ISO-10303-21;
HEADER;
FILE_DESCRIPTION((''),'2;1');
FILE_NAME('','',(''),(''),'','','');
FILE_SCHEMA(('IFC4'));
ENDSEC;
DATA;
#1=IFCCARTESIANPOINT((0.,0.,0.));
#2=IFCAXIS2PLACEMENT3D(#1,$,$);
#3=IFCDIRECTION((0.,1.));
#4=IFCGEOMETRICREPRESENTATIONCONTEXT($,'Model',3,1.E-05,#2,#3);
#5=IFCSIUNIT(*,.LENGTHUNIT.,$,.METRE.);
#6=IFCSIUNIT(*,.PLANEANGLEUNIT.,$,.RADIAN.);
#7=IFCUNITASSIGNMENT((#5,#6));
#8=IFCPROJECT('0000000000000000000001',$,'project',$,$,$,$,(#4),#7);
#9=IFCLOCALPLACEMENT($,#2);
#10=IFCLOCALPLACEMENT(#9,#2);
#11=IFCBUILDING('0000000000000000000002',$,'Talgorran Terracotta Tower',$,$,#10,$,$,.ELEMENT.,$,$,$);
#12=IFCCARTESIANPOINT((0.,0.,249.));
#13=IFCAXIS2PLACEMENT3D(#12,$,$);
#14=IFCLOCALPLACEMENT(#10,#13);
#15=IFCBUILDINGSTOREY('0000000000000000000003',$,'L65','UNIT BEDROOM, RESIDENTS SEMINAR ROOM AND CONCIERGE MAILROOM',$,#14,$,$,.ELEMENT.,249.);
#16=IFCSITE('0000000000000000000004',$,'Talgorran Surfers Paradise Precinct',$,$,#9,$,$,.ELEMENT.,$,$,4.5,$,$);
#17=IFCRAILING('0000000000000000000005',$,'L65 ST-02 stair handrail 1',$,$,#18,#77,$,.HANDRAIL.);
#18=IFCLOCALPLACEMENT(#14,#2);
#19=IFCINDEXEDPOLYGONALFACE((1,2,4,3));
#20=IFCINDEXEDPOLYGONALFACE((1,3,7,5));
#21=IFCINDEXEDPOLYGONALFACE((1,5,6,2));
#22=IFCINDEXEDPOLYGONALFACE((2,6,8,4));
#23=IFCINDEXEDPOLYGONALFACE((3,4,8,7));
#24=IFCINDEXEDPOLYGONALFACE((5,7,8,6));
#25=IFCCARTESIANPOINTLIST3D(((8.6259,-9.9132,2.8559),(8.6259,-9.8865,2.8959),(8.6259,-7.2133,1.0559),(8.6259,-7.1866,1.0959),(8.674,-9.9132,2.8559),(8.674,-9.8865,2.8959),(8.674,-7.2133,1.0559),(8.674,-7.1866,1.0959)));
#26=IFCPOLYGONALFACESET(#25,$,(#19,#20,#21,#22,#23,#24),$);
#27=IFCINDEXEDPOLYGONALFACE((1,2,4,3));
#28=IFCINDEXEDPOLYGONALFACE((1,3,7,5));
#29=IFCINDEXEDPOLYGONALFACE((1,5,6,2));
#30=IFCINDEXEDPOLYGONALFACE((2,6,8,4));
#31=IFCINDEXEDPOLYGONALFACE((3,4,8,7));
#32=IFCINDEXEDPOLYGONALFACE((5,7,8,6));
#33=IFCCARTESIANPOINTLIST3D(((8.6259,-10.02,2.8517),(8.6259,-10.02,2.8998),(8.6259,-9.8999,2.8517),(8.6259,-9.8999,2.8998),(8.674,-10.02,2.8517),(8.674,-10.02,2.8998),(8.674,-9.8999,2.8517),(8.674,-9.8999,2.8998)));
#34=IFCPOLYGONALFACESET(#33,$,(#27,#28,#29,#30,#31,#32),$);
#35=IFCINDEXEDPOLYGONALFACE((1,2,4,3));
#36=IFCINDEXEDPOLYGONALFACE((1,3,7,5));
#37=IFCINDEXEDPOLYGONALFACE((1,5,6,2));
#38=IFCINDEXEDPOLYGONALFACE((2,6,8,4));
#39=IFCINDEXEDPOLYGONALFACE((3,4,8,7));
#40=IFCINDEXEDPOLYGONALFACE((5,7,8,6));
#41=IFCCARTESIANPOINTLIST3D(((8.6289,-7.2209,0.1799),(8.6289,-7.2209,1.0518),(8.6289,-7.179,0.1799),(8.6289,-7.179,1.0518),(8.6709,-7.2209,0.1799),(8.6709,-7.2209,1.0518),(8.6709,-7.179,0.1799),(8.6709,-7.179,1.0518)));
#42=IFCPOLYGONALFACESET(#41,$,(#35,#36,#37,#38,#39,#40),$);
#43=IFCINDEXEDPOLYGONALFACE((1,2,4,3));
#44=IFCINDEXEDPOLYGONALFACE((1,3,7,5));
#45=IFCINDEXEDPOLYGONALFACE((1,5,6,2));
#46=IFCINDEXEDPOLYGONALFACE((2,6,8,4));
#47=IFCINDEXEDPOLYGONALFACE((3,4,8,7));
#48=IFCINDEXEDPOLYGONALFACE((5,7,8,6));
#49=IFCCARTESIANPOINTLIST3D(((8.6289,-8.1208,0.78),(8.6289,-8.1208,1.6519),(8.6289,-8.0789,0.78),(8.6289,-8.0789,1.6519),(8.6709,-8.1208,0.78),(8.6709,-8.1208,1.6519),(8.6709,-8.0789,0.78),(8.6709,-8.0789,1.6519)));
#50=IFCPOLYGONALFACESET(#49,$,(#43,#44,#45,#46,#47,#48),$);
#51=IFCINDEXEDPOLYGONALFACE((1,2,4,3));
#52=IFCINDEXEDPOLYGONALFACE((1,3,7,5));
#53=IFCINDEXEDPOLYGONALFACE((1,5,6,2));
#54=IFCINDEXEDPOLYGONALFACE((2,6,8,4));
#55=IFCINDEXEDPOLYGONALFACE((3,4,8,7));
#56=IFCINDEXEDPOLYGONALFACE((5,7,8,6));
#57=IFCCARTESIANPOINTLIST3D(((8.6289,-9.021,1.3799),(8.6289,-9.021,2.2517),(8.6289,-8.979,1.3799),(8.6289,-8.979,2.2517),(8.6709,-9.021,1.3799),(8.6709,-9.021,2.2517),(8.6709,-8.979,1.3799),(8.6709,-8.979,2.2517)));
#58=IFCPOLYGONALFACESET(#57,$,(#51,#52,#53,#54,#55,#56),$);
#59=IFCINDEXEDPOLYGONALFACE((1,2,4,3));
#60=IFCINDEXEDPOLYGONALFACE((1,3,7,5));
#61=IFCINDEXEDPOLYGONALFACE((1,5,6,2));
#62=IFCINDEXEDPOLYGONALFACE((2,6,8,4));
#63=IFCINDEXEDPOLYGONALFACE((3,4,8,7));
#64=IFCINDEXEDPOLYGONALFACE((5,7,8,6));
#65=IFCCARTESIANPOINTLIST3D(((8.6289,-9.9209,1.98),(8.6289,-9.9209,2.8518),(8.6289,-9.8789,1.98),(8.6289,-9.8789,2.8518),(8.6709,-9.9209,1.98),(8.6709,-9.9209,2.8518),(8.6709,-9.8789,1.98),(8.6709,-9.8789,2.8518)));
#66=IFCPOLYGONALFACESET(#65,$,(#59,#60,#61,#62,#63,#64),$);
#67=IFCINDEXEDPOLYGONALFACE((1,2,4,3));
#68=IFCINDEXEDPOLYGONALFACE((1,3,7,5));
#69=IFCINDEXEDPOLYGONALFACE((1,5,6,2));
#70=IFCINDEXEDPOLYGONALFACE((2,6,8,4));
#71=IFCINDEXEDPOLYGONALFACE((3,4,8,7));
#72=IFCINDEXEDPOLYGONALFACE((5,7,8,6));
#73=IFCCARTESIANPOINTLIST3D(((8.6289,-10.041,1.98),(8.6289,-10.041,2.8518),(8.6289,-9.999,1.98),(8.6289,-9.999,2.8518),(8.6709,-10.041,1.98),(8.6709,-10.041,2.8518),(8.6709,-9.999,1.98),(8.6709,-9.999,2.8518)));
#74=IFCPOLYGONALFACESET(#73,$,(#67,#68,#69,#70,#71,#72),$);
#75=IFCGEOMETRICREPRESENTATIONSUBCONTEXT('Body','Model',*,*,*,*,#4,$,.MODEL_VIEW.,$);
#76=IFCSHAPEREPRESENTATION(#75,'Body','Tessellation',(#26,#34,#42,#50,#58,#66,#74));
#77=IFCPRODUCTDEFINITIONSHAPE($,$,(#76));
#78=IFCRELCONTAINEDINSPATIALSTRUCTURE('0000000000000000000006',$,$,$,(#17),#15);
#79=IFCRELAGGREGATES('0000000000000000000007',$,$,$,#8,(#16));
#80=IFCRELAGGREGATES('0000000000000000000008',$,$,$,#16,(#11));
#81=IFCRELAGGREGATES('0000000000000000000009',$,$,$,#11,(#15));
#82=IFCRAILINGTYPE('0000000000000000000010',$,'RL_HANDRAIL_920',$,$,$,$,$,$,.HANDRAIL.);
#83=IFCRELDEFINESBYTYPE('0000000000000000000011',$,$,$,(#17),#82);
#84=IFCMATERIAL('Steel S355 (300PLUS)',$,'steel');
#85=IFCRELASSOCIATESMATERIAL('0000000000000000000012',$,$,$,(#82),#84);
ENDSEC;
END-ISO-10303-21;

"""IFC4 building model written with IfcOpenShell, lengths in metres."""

from ifc_helpers import new_model, si_unit, direction, frame, origin, origin_2d, place, context, subcontext, project, spatial, rectangle, extrude, material, type_object, element, save


model = new_model("IFC4")

# Units and contexts
model_context = context("Model", 3, precision=1e-05, world=origin(), true_north=direction((0.0, 1.0)))
body_context = subcontext(model_context, "Body", "Model", "MODEL_VIEW")
ifc_project = project(units=[si_unit("LENGTHUNIT", "METRE"), si_unit("PLANEANGLEUNIT", "RADIAN")], contexts=[model_context])

# Site, building, storey
site_placement = place(None, origin())
site = spatial("IfcSite", under=ifc_project, at=site_placement, Name="Talgorran Surfers Paradise Precinct", CompositionType="ELEMENT", RefElevation=4.5)
building_placement = place(site_placement, origin())
building = spatial("IfcBuilding", under=site, at=building_placement, Name="Talgorran Terracotta Tower", CompositionType="ELEMENT")
storey_placement = place(building_placement, frame((0.0, 0.0, 249.0)))
storey = spatial("IfcBuildingStorey", under=building, at=storey_placement, Name="L65", Description="UNIT BEDROOM, RESIDENTS SEMINAR ROOM AND CONCIERGE MAILROOM", CompositionType="ELEMENT", Elevation=249.0)

# Railing
ifc_material_1 = material(Name="Steel S355 (300PLUS)", Category="steel")
railing_type = type_object("IfcRailingType", Name="RL_HANDRAIL_920", PredefinedType="HANDRAIL", material=ifc_material_1)
railing_placement = place(storey_placement, frame((8.6499, -7.2, 0.1799)))
element("IfcRailing", 1, at=railing_placement, inside=storey, type_object=railing_type, Name="L65 ST-02 stair handrail 1", PredefinedType="HANDRAIL", context=body_context, shape_type="SweptSolid", body=[
    extrude(rectangle(XDim=0.0481, YDim=0.0481, at=origin_2d()), frame((0.0, 0.0, 0.896), z_axis=(0.0, -0.832039, 0.554718), x_axis=(1.0, 0.0, 0.0)), (0.0, 0.0, 1.0), 3.2449),
    extrude(rectangle(XDim=0.0481, YDim=0.0481, at=origin_2d()), frame((0.0, -2.7, 2.6958), z_axis=(0.0, -1.0, 0.0), x_axis=(1.0, 0.0, 0.0)), (0.0, 0.0, 1.0), 0.1201),
    extrude(rectangle(XDim=0.042, YDim=0.042, at=origin_2d()), origin(), (0.0, 0.0, 1.0), 0.8718),
    extrude(rectangle(XDim=0.042, YDim=0.042, at=origin_2d()), frame((0.0, -0.8999, 0.6001)), (0.0, 0.0, 1.0), 0.8718),
    extrude(rectangle(XDim=0.042, YDim=0.042, at=origin_2d()), frame((0.0, -1.8, 1.2)), (0.0, 0.0, 1.0), 0.8718),
    extrude(rectangle(XDim=0.042, YDim=0.042, at=origin_2d()), frame((0.0, -2.7, 1.8)), (0.0, 0.0, 1.0), 0.8718),
    extrude(rectangle(XDim=0.042, YDim=0.042, at=origin_2d()), frame((0.0, -2.8201, 1.8)), (0.0, 0.0, 1.0), 0.8718),
])

save(model, "model.ifc")
